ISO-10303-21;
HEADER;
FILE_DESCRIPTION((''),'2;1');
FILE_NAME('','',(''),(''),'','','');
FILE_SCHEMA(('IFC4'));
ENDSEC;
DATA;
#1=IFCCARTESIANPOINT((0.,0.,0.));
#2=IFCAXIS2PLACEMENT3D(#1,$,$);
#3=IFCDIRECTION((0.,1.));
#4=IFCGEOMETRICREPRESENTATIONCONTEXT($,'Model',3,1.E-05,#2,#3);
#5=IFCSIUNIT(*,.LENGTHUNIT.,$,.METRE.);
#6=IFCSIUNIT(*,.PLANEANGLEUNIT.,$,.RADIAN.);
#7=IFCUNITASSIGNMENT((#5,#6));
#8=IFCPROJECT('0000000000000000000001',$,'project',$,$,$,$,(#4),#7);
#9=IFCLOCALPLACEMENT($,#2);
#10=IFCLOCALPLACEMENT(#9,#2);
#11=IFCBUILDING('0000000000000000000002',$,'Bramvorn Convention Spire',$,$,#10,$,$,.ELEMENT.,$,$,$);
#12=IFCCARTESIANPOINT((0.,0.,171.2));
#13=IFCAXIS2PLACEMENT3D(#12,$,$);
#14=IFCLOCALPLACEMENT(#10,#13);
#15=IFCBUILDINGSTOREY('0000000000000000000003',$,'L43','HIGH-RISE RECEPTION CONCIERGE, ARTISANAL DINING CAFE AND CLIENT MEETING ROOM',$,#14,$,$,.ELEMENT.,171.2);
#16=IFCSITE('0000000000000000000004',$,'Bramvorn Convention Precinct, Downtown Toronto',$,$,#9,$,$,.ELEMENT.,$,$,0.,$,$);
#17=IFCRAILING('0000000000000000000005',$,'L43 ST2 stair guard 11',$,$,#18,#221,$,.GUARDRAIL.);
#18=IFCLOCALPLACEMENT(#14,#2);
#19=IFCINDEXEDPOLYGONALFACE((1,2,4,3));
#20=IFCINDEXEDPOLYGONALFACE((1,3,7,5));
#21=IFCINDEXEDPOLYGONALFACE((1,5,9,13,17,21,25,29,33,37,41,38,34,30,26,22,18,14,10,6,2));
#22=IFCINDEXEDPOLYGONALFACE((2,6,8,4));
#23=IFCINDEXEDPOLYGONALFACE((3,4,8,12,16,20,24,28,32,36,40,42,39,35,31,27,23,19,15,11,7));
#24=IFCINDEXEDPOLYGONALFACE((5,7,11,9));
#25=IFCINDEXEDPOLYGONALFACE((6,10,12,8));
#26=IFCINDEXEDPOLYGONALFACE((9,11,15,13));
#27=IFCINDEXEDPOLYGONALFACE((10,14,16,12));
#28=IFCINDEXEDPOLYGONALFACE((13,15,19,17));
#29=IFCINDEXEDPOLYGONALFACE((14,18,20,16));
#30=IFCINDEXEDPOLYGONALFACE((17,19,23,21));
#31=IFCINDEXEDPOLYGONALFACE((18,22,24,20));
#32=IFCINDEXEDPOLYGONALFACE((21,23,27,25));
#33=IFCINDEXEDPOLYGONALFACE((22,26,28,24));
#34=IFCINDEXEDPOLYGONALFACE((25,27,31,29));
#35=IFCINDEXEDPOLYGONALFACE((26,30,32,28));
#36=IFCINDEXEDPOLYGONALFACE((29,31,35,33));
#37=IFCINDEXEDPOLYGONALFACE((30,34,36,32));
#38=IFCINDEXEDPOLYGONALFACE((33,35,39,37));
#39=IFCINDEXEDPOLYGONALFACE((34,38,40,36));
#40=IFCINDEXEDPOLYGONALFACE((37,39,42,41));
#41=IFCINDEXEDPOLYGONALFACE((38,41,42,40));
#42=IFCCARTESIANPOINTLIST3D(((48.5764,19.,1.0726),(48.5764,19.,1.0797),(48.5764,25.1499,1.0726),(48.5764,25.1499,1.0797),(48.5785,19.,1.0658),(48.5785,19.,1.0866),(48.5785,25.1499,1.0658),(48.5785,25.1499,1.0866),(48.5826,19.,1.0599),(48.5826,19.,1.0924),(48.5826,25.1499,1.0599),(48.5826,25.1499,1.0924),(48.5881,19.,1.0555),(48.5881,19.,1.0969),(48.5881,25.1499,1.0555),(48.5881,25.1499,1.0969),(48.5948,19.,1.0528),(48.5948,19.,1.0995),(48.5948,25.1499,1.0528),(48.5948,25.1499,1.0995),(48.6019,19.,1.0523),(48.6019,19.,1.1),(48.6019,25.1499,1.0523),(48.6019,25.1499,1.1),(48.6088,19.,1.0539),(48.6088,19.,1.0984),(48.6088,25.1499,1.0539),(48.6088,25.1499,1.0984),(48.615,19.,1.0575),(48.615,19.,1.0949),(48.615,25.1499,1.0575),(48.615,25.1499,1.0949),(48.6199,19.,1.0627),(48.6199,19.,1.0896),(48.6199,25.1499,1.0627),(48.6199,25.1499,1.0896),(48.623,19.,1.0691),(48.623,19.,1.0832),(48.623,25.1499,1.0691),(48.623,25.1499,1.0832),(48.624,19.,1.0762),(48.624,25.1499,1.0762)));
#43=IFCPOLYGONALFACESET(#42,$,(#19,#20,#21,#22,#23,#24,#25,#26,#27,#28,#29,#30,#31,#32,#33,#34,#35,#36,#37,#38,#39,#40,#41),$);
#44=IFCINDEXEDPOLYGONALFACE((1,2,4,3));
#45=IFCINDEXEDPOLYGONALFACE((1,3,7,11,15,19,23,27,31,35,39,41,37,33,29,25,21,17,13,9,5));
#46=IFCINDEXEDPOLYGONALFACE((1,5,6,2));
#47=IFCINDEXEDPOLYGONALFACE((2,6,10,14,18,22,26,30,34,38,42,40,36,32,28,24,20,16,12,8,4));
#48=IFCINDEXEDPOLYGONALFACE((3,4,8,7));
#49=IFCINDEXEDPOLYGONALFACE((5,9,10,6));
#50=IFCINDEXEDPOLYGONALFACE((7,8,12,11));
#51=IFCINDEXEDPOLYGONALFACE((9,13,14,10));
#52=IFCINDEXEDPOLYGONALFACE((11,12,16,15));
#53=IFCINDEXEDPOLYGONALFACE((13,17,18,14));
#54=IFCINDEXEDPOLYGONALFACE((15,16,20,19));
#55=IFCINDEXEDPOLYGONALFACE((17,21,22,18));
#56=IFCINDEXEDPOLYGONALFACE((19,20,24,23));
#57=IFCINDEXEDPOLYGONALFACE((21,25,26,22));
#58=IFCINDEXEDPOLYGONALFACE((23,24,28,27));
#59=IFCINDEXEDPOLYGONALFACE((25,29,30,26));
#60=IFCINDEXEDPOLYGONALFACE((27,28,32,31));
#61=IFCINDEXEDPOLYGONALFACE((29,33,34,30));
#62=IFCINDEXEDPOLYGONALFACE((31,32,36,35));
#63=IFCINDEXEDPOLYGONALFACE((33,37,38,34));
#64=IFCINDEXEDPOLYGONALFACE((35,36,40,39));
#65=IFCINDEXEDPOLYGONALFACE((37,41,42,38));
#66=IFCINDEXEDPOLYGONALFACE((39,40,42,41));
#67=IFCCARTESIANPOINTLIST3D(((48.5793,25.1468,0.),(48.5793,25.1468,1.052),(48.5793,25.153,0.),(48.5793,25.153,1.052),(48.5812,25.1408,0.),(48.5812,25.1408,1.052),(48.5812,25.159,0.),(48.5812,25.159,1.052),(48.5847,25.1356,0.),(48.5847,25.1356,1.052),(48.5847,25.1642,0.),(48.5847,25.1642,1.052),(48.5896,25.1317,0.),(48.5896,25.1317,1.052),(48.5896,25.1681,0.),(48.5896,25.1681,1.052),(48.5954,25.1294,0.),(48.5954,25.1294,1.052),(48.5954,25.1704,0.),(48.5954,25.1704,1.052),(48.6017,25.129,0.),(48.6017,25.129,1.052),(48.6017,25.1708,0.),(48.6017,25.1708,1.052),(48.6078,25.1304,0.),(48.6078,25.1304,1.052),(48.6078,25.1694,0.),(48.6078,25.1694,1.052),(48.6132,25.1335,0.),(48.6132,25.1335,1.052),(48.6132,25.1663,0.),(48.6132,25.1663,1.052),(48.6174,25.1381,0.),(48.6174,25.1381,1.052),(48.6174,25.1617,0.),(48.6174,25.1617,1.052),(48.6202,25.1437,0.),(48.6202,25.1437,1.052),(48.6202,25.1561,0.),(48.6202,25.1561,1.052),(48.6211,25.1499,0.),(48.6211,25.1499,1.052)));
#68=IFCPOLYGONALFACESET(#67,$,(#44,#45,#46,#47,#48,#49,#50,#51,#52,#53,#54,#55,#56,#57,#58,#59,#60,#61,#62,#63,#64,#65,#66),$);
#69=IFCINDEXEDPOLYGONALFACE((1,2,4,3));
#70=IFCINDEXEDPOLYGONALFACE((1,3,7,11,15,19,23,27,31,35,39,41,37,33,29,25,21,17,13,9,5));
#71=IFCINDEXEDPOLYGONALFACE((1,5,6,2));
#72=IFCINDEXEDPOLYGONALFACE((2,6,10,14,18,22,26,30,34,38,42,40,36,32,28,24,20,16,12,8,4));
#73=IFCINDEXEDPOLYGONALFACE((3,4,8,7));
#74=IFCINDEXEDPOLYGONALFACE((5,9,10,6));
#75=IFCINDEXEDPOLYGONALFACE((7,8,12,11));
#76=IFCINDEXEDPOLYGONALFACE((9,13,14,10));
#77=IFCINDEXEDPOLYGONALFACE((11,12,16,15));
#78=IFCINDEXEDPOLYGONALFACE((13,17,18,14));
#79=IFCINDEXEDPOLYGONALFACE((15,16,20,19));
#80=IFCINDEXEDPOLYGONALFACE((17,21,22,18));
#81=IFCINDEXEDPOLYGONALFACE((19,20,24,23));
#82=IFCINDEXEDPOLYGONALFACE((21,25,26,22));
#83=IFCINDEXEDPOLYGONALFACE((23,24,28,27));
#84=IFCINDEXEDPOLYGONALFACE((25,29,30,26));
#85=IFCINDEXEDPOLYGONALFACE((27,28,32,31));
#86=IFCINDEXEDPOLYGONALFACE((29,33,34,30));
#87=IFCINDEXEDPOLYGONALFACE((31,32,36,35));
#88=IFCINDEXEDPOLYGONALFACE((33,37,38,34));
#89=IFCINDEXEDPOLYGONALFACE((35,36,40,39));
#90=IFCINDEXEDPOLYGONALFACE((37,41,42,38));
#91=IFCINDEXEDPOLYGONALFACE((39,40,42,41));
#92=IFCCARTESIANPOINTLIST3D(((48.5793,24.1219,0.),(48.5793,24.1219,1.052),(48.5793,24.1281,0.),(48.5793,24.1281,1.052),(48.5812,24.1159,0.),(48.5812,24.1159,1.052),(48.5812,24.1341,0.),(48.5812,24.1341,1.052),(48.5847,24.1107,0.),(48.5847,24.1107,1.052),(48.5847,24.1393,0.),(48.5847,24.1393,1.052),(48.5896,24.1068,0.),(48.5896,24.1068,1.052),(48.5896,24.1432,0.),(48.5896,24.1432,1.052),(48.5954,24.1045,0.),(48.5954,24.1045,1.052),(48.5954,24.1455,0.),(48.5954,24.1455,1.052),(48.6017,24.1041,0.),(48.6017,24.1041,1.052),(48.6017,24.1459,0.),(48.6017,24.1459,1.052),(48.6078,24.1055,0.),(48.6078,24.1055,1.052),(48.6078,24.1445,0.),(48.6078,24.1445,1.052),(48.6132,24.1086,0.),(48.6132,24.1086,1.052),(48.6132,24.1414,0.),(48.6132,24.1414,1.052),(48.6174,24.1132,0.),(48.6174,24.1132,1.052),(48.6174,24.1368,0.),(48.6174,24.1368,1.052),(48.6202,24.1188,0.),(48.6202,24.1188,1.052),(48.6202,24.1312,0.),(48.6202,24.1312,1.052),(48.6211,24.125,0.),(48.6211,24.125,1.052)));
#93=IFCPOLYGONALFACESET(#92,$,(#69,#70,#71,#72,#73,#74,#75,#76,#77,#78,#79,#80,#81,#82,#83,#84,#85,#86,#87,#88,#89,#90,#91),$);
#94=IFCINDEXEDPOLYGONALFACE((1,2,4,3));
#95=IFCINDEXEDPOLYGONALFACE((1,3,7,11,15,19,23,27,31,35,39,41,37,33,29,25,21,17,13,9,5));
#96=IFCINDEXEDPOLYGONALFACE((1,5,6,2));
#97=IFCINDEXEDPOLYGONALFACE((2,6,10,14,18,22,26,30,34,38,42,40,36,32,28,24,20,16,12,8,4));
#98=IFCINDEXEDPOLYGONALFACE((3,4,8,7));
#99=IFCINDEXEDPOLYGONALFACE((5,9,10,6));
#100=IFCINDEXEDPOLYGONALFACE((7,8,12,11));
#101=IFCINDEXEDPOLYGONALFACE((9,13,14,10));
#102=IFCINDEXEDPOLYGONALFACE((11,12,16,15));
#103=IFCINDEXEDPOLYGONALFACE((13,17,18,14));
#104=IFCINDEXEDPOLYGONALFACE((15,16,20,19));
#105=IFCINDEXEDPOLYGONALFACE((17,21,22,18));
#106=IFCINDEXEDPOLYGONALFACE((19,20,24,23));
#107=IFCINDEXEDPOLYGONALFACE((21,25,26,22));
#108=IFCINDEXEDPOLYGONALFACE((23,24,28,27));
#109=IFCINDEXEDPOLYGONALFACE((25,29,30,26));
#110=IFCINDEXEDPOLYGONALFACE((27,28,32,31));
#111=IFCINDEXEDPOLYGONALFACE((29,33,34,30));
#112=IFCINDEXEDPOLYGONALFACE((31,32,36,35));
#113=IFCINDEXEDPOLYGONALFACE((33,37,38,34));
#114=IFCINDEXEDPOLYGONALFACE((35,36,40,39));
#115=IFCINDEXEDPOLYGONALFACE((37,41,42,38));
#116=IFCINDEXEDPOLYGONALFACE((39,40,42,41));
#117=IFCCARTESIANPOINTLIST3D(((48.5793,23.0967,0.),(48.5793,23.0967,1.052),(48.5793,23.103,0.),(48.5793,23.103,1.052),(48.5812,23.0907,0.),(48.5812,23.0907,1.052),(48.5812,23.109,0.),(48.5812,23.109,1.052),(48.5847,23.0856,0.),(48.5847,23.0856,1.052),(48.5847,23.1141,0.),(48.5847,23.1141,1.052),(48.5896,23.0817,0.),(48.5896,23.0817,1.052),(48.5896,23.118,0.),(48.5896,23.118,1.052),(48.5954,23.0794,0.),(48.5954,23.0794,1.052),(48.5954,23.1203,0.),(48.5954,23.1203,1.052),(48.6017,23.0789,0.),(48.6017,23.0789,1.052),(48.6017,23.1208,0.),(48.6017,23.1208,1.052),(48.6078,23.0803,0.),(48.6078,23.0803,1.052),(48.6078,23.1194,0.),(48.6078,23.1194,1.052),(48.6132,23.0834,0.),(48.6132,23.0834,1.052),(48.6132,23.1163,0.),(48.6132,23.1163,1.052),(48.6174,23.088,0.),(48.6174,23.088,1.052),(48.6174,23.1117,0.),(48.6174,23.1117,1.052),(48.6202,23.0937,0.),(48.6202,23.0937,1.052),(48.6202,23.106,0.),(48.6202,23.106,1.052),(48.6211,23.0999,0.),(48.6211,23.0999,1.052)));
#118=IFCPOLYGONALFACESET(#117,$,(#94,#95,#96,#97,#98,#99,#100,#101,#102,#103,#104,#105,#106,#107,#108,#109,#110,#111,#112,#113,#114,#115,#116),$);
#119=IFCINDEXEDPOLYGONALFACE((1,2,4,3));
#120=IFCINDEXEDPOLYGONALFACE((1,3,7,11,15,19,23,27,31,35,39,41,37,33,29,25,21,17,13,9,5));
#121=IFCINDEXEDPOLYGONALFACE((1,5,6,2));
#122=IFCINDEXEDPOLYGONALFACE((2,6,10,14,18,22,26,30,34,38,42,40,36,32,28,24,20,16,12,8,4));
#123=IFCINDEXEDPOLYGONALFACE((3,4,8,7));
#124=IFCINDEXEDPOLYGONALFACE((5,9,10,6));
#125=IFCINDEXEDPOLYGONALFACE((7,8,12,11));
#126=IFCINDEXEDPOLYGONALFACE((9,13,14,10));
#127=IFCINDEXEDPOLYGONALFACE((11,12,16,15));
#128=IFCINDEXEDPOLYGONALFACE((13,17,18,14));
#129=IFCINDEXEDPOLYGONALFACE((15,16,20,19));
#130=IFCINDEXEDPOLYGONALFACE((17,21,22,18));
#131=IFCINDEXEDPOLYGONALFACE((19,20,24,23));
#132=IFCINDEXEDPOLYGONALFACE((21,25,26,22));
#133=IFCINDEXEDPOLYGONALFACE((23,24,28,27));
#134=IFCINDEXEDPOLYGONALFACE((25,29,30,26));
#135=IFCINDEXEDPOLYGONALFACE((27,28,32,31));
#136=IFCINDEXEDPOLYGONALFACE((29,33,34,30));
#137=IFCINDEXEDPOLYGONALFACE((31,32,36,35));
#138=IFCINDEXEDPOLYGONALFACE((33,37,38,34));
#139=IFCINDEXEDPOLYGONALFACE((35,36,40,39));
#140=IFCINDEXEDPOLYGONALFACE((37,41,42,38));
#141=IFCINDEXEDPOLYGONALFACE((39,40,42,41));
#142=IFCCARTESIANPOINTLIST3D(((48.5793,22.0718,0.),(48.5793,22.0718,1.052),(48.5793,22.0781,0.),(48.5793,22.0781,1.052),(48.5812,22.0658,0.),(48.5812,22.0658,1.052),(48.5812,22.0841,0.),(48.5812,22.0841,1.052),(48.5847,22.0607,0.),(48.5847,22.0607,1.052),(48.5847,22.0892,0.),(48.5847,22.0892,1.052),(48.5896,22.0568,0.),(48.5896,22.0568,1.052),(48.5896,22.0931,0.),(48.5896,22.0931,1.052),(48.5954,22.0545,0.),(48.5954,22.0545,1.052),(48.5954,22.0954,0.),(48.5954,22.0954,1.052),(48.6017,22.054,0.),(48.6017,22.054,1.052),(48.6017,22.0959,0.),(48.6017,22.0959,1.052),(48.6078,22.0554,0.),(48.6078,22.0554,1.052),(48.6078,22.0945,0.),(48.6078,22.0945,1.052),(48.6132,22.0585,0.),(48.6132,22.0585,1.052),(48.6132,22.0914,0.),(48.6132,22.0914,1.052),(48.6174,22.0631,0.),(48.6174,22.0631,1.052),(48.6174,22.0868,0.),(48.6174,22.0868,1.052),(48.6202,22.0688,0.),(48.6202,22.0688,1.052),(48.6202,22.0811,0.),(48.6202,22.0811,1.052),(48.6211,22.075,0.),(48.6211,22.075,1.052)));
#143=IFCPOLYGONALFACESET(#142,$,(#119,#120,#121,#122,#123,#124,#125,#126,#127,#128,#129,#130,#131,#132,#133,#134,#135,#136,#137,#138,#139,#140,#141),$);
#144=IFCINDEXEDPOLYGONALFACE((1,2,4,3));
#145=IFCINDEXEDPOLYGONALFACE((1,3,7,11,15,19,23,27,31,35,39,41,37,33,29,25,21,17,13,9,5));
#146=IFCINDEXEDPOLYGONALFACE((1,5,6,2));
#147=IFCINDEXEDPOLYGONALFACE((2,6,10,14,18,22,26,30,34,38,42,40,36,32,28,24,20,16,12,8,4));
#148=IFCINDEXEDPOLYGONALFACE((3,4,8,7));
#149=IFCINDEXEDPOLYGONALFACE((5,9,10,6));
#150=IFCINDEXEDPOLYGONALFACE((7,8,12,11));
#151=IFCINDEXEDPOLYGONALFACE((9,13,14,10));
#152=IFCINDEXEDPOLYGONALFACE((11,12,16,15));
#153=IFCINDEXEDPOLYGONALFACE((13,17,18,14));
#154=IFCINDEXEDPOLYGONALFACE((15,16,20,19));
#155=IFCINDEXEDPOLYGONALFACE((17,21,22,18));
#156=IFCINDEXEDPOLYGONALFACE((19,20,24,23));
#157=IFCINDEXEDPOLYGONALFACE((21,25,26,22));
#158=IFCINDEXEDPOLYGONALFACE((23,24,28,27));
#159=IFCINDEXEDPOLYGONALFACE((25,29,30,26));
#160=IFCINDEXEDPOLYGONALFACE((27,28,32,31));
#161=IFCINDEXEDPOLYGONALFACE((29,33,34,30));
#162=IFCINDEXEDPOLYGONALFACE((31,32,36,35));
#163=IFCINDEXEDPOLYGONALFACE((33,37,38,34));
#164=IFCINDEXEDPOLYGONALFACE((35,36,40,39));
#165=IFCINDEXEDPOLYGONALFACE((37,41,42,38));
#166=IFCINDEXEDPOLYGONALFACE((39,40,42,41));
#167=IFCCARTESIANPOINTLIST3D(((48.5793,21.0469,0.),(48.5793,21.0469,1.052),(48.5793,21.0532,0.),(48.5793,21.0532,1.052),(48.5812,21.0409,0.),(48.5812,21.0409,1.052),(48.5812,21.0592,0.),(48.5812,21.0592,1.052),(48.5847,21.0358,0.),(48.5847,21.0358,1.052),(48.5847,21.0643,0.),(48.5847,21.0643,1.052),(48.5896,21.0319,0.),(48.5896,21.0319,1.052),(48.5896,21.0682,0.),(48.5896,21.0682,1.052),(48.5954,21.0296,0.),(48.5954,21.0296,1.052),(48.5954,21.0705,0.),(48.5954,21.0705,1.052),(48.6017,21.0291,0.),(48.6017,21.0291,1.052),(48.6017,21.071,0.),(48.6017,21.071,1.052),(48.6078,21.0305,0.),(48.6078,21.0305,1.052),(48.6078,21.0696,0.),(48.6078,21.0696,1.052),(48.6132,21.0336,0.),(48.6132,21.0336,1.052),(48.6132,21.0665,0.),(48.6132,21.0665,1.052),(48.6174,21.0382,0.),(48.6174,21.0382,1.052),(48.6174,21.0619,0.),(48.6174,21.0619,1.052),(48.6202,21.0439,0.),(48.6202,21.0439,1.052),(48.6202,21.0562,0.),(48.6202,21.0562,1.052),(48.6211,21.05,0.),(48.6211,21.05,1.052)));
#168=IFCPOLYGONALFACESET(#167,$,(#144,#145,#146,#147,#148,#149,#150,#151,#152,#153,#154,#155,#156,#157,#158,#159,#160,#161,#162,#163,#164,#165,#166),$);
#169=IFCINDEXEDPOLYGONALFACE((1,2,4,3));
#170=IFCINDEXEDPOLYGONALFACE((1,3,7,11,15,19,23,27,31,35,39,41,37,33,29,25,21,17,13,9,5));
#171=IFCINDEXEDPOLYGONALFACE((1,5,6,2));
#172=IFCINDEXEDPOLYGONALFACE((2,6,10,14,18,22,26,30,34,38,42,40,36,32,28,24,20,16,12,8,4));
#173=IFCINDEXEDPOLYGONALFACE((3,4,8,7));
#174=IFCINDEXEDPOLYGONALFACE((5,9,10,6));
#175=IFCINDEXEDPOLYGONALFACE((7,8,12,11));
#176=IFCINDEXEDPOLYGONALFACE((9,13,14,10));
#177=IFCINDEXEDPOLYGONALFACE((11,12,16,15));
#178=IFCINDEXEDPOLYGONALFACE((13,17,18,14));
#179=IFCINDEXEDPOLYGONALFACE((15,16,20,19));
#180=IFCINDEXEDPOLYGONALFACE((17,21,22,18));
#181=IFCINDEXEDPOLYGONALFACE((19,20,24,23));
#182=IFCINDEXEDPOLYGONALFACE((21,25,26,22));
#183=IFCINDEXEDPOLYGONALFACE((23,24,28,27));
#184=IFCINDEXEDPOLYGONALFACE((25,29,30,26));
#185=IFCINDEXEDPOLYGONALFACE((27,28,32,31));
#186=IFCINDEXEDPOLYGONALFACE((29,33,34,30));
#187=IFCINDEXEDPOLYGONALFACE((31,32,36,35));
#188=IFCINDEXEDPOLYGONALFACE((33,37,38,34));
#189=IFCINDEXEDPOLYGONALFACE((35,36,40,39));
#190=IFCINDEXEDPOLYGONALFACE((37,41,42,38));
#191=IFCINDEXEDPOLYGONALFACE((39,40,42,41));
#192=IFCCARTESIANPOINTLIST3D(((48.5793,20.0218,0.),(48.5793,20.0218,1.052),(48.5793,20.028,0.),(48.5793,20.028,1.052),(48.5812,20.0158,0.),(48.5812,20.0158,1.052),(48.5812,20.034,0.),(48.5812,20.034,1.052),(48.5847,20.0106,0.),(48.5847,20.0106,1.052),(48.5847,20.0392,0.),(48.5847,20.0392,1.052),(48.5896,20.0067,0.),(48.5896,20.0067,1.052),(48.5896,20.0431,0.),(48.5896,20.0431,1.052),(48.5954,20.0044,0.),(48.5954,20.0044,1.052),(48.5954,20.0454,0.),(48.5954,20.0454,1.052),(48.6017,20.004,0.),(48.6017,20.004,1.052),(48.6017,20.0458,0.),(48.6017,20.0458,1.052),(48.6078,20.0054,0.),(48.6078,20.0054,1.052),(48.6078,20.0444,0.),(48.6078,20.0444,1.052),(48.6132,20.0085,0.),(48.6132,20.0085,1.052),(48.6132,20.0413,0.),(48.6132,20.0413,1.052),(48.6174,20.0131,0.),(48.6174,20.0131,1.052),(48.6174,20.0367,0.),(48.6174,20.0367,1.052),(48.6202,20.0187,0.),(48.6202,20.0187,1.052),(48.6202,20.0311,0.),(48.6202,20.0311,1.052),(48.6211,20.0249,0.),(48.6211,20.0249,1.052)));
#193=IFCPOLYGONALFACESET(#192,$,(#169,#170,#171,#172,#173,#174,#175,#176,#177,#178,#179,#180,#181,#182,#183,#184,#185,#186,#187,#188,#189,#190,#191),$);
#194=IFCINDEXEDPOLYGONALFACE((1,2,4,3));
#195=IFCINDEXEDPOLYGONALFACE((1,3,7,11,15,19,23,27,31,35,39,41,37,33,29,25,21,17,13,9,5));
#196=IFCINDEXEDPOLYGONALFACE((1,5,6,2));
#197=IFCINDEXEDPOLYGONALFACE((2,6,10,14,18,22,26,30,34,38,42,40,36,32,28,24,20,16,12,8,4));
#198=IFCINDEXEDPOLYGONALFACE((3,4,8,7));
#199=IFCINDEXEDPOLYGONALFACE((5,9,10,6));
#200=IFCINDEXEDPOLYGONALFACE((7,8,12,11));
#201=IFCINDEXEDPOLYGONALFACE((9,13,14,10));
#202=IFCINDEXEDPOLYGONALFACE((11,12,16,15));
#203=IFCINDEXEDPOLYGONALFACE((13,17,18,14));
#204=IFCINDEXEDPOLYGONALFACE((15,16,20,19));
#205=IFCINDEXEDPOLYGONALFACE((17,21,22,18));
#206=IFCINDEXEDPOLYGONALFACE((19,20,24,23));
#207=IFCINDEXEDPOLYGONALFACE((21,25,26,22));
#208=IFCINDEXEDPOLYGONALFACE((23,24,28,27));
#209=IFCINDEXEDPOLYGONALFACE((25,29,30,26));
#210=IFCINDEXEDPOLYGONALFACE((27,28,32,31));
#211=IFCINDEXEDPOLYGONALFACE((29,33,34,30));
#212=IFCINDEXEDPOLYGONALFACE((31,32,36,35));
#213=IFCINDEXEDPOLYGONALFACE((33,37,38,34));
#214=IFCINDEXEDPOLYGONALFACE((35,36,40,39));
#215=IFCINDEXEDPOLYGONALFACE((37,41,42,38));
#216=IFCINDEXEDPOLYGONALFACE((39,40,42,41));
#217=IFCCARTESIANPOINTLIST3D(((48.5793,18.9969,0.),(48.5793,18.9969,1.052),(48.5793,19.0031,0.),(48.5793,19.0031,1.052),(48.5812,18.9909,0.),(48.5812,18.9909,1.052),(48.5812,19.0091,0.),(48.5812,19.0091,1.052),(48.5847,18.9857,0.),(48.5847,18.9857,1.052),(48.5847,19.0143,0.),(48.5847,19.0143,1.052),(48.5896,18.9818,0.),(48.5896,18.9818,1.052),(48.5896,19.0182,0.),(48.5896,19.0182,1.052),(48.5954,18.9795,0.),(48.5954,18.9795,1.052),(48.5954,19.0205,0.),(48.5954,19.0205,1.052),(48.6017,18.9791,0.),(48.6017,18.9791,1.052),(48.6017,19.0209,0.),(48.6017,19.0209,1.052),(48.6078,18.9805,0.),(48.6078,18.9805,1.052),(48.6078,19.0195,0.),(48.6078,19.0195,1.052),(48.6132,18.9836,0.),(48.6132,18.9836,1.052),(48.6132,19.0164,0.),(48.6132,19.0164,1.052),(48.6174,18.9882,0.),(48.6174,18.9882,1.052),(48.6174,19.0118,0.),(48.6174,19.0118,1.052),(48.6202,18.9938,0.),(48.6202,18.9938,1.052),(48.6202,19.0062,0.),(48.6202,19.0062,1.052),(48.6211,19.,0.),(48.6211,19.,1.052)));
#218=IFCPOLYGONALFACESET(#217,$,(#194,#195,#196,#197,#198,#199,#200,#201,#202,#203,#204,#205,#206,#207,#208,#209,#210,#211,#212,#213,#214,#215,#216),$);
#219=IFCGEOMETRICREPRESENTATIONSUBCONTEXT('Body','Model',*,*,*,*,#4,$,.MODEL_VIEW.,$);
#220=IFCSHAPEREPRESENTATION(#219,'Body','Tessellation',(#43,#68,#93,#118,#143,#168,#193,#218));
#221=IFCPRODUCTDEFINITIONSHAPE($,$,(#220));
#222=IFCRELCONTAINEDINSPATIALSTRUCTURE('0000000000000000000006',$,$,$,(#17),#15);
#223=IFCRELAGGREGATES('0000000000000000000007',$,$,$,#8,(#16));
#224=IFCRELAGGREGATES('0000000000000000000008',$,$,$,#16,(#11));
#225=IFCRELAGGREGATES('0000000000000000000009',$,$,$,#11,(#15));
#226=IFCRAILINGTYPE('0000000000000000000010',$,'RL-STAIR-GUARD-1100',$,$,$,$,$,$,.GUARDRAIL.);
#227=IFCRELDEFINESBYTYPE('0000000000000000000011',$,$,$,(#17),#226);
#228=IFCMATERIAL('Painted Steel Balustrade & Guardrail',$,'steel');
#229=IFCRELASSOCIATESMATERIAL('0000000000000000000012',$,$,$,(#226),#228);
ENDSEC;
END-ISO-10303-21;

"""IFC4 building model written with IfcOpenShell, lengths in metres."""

from ifc_helpers import new_model, si_unit, direction, frame, origin, origin_2d, place, context, subcontext, project, spatial, circle, extrude, material, type_object, element, save


model = new_model("IFC4")

# Units and contexts
model_context = context("Model", 3, precision=1e-05, world=origin(), true_north=direction((0.0, 1.0)))
body_context = subcontext(model_context, "Body", "Model", "MODEL_VIEW")
ifc_project = project(units=[si_unit("LENGTHUNIT", "METRE"), si_unit("PLANEANGLEUNIT", "RADIAN")], contexts=[model_context])

# Site, building, storey
site_placement = place(None, origin())
site = spatial("IfcSite", under=ifc_project, at=site_placement, Name="Bramvorn Convention Precinct, Downtown Toronto", CompositionType="ELEMENT", RefElevation=0.0)
building_placement = place(site_placement, origin())
building = spatial("IfcBuilding", under=site, at=building_placement, Name="Bramvorn Convention Spire", CompositionType="ELEMENT")
storey_placement = place(building_placement, frame((0.0, 0.0, 171.2)))
storey = spatial("IfcBuildingStorey", under=building, at=storey_placement, Name="L43", Description="HIGH-RISE RECEPTION CONCIERGE, ARTISANAL DINING CAFE AND CLIENT MEETING ROOM", CompositionType="ELEMENT", Elevation=171.2)

# Railing
ifc_material_1 = material(Name="Painted Steel Balustrade & Guardrail", Category="steel")
railing_type_1 = type_object("IfcRailingType", Name="RL-STAIR-GUARD-1100", PredefinedType="GUARDRAIL", material=ifc_material_1)
railing_1_placement = place(storey_placement, frame((48.6001, 25.1499, 0.0)))
element("IfcRailing", 1, at=railing_1_placement, inside=storey, type_object=railing_type_1, Name="L43 ST2 stair guard 11", PredefinedType="GUARDRAIL", context=body_context, shape_type="SweptSolid", body=[
    extrude(circle(Radius=0.0239, at=origin_2d()), frame((0.0, 0.0, 1.0762), z_axis=(0.0, -1.0, 0.0), x_axis=(1.0, 0.0, 0.0)), (0.0, 0.0, 1.0), 6.1499),
    extrude(circle(Radius=0.021, at=origin_2d()), origin(), (0.0, 0.0, 1.0), 1.052),
    extrude(circle(Radius=0.021, at=origin_2d()), frame((0.0, -1.0249, 0.0)), (0.0, 0.0, 1.0), 1.052),
    extrude(circle(Radius=0.021, at=origin_2d()), frame((0.0, -2.05, 0.0)), (0.0, 0.0, 1.0), 1.052),
    extrude(circle(Radius=0.021, at=origin_2d()), frame((0.0, -3.075, 0.0)), (0.0, 0.0, 1.0), 1.052),
    extrude(circle(Radius=0.021, at=origin_2d()), frame((0.0, -4.0999, 0.0)), (0.0, 0.0, 1.0), 1.052),
    extrude(circle(Radius=0.021, at=origin_2d()), frame((0.0, -5.125, 0.0)), (0.0, 0.0, 1.0), 1.052),
    extrude(circle(Radius=0.021, at=origin_2d()), frame((0.0, -6.1499, 0.0)), (0.0, 0.0, 1.0), 1.052),
])

save(model, "model.ifc")
